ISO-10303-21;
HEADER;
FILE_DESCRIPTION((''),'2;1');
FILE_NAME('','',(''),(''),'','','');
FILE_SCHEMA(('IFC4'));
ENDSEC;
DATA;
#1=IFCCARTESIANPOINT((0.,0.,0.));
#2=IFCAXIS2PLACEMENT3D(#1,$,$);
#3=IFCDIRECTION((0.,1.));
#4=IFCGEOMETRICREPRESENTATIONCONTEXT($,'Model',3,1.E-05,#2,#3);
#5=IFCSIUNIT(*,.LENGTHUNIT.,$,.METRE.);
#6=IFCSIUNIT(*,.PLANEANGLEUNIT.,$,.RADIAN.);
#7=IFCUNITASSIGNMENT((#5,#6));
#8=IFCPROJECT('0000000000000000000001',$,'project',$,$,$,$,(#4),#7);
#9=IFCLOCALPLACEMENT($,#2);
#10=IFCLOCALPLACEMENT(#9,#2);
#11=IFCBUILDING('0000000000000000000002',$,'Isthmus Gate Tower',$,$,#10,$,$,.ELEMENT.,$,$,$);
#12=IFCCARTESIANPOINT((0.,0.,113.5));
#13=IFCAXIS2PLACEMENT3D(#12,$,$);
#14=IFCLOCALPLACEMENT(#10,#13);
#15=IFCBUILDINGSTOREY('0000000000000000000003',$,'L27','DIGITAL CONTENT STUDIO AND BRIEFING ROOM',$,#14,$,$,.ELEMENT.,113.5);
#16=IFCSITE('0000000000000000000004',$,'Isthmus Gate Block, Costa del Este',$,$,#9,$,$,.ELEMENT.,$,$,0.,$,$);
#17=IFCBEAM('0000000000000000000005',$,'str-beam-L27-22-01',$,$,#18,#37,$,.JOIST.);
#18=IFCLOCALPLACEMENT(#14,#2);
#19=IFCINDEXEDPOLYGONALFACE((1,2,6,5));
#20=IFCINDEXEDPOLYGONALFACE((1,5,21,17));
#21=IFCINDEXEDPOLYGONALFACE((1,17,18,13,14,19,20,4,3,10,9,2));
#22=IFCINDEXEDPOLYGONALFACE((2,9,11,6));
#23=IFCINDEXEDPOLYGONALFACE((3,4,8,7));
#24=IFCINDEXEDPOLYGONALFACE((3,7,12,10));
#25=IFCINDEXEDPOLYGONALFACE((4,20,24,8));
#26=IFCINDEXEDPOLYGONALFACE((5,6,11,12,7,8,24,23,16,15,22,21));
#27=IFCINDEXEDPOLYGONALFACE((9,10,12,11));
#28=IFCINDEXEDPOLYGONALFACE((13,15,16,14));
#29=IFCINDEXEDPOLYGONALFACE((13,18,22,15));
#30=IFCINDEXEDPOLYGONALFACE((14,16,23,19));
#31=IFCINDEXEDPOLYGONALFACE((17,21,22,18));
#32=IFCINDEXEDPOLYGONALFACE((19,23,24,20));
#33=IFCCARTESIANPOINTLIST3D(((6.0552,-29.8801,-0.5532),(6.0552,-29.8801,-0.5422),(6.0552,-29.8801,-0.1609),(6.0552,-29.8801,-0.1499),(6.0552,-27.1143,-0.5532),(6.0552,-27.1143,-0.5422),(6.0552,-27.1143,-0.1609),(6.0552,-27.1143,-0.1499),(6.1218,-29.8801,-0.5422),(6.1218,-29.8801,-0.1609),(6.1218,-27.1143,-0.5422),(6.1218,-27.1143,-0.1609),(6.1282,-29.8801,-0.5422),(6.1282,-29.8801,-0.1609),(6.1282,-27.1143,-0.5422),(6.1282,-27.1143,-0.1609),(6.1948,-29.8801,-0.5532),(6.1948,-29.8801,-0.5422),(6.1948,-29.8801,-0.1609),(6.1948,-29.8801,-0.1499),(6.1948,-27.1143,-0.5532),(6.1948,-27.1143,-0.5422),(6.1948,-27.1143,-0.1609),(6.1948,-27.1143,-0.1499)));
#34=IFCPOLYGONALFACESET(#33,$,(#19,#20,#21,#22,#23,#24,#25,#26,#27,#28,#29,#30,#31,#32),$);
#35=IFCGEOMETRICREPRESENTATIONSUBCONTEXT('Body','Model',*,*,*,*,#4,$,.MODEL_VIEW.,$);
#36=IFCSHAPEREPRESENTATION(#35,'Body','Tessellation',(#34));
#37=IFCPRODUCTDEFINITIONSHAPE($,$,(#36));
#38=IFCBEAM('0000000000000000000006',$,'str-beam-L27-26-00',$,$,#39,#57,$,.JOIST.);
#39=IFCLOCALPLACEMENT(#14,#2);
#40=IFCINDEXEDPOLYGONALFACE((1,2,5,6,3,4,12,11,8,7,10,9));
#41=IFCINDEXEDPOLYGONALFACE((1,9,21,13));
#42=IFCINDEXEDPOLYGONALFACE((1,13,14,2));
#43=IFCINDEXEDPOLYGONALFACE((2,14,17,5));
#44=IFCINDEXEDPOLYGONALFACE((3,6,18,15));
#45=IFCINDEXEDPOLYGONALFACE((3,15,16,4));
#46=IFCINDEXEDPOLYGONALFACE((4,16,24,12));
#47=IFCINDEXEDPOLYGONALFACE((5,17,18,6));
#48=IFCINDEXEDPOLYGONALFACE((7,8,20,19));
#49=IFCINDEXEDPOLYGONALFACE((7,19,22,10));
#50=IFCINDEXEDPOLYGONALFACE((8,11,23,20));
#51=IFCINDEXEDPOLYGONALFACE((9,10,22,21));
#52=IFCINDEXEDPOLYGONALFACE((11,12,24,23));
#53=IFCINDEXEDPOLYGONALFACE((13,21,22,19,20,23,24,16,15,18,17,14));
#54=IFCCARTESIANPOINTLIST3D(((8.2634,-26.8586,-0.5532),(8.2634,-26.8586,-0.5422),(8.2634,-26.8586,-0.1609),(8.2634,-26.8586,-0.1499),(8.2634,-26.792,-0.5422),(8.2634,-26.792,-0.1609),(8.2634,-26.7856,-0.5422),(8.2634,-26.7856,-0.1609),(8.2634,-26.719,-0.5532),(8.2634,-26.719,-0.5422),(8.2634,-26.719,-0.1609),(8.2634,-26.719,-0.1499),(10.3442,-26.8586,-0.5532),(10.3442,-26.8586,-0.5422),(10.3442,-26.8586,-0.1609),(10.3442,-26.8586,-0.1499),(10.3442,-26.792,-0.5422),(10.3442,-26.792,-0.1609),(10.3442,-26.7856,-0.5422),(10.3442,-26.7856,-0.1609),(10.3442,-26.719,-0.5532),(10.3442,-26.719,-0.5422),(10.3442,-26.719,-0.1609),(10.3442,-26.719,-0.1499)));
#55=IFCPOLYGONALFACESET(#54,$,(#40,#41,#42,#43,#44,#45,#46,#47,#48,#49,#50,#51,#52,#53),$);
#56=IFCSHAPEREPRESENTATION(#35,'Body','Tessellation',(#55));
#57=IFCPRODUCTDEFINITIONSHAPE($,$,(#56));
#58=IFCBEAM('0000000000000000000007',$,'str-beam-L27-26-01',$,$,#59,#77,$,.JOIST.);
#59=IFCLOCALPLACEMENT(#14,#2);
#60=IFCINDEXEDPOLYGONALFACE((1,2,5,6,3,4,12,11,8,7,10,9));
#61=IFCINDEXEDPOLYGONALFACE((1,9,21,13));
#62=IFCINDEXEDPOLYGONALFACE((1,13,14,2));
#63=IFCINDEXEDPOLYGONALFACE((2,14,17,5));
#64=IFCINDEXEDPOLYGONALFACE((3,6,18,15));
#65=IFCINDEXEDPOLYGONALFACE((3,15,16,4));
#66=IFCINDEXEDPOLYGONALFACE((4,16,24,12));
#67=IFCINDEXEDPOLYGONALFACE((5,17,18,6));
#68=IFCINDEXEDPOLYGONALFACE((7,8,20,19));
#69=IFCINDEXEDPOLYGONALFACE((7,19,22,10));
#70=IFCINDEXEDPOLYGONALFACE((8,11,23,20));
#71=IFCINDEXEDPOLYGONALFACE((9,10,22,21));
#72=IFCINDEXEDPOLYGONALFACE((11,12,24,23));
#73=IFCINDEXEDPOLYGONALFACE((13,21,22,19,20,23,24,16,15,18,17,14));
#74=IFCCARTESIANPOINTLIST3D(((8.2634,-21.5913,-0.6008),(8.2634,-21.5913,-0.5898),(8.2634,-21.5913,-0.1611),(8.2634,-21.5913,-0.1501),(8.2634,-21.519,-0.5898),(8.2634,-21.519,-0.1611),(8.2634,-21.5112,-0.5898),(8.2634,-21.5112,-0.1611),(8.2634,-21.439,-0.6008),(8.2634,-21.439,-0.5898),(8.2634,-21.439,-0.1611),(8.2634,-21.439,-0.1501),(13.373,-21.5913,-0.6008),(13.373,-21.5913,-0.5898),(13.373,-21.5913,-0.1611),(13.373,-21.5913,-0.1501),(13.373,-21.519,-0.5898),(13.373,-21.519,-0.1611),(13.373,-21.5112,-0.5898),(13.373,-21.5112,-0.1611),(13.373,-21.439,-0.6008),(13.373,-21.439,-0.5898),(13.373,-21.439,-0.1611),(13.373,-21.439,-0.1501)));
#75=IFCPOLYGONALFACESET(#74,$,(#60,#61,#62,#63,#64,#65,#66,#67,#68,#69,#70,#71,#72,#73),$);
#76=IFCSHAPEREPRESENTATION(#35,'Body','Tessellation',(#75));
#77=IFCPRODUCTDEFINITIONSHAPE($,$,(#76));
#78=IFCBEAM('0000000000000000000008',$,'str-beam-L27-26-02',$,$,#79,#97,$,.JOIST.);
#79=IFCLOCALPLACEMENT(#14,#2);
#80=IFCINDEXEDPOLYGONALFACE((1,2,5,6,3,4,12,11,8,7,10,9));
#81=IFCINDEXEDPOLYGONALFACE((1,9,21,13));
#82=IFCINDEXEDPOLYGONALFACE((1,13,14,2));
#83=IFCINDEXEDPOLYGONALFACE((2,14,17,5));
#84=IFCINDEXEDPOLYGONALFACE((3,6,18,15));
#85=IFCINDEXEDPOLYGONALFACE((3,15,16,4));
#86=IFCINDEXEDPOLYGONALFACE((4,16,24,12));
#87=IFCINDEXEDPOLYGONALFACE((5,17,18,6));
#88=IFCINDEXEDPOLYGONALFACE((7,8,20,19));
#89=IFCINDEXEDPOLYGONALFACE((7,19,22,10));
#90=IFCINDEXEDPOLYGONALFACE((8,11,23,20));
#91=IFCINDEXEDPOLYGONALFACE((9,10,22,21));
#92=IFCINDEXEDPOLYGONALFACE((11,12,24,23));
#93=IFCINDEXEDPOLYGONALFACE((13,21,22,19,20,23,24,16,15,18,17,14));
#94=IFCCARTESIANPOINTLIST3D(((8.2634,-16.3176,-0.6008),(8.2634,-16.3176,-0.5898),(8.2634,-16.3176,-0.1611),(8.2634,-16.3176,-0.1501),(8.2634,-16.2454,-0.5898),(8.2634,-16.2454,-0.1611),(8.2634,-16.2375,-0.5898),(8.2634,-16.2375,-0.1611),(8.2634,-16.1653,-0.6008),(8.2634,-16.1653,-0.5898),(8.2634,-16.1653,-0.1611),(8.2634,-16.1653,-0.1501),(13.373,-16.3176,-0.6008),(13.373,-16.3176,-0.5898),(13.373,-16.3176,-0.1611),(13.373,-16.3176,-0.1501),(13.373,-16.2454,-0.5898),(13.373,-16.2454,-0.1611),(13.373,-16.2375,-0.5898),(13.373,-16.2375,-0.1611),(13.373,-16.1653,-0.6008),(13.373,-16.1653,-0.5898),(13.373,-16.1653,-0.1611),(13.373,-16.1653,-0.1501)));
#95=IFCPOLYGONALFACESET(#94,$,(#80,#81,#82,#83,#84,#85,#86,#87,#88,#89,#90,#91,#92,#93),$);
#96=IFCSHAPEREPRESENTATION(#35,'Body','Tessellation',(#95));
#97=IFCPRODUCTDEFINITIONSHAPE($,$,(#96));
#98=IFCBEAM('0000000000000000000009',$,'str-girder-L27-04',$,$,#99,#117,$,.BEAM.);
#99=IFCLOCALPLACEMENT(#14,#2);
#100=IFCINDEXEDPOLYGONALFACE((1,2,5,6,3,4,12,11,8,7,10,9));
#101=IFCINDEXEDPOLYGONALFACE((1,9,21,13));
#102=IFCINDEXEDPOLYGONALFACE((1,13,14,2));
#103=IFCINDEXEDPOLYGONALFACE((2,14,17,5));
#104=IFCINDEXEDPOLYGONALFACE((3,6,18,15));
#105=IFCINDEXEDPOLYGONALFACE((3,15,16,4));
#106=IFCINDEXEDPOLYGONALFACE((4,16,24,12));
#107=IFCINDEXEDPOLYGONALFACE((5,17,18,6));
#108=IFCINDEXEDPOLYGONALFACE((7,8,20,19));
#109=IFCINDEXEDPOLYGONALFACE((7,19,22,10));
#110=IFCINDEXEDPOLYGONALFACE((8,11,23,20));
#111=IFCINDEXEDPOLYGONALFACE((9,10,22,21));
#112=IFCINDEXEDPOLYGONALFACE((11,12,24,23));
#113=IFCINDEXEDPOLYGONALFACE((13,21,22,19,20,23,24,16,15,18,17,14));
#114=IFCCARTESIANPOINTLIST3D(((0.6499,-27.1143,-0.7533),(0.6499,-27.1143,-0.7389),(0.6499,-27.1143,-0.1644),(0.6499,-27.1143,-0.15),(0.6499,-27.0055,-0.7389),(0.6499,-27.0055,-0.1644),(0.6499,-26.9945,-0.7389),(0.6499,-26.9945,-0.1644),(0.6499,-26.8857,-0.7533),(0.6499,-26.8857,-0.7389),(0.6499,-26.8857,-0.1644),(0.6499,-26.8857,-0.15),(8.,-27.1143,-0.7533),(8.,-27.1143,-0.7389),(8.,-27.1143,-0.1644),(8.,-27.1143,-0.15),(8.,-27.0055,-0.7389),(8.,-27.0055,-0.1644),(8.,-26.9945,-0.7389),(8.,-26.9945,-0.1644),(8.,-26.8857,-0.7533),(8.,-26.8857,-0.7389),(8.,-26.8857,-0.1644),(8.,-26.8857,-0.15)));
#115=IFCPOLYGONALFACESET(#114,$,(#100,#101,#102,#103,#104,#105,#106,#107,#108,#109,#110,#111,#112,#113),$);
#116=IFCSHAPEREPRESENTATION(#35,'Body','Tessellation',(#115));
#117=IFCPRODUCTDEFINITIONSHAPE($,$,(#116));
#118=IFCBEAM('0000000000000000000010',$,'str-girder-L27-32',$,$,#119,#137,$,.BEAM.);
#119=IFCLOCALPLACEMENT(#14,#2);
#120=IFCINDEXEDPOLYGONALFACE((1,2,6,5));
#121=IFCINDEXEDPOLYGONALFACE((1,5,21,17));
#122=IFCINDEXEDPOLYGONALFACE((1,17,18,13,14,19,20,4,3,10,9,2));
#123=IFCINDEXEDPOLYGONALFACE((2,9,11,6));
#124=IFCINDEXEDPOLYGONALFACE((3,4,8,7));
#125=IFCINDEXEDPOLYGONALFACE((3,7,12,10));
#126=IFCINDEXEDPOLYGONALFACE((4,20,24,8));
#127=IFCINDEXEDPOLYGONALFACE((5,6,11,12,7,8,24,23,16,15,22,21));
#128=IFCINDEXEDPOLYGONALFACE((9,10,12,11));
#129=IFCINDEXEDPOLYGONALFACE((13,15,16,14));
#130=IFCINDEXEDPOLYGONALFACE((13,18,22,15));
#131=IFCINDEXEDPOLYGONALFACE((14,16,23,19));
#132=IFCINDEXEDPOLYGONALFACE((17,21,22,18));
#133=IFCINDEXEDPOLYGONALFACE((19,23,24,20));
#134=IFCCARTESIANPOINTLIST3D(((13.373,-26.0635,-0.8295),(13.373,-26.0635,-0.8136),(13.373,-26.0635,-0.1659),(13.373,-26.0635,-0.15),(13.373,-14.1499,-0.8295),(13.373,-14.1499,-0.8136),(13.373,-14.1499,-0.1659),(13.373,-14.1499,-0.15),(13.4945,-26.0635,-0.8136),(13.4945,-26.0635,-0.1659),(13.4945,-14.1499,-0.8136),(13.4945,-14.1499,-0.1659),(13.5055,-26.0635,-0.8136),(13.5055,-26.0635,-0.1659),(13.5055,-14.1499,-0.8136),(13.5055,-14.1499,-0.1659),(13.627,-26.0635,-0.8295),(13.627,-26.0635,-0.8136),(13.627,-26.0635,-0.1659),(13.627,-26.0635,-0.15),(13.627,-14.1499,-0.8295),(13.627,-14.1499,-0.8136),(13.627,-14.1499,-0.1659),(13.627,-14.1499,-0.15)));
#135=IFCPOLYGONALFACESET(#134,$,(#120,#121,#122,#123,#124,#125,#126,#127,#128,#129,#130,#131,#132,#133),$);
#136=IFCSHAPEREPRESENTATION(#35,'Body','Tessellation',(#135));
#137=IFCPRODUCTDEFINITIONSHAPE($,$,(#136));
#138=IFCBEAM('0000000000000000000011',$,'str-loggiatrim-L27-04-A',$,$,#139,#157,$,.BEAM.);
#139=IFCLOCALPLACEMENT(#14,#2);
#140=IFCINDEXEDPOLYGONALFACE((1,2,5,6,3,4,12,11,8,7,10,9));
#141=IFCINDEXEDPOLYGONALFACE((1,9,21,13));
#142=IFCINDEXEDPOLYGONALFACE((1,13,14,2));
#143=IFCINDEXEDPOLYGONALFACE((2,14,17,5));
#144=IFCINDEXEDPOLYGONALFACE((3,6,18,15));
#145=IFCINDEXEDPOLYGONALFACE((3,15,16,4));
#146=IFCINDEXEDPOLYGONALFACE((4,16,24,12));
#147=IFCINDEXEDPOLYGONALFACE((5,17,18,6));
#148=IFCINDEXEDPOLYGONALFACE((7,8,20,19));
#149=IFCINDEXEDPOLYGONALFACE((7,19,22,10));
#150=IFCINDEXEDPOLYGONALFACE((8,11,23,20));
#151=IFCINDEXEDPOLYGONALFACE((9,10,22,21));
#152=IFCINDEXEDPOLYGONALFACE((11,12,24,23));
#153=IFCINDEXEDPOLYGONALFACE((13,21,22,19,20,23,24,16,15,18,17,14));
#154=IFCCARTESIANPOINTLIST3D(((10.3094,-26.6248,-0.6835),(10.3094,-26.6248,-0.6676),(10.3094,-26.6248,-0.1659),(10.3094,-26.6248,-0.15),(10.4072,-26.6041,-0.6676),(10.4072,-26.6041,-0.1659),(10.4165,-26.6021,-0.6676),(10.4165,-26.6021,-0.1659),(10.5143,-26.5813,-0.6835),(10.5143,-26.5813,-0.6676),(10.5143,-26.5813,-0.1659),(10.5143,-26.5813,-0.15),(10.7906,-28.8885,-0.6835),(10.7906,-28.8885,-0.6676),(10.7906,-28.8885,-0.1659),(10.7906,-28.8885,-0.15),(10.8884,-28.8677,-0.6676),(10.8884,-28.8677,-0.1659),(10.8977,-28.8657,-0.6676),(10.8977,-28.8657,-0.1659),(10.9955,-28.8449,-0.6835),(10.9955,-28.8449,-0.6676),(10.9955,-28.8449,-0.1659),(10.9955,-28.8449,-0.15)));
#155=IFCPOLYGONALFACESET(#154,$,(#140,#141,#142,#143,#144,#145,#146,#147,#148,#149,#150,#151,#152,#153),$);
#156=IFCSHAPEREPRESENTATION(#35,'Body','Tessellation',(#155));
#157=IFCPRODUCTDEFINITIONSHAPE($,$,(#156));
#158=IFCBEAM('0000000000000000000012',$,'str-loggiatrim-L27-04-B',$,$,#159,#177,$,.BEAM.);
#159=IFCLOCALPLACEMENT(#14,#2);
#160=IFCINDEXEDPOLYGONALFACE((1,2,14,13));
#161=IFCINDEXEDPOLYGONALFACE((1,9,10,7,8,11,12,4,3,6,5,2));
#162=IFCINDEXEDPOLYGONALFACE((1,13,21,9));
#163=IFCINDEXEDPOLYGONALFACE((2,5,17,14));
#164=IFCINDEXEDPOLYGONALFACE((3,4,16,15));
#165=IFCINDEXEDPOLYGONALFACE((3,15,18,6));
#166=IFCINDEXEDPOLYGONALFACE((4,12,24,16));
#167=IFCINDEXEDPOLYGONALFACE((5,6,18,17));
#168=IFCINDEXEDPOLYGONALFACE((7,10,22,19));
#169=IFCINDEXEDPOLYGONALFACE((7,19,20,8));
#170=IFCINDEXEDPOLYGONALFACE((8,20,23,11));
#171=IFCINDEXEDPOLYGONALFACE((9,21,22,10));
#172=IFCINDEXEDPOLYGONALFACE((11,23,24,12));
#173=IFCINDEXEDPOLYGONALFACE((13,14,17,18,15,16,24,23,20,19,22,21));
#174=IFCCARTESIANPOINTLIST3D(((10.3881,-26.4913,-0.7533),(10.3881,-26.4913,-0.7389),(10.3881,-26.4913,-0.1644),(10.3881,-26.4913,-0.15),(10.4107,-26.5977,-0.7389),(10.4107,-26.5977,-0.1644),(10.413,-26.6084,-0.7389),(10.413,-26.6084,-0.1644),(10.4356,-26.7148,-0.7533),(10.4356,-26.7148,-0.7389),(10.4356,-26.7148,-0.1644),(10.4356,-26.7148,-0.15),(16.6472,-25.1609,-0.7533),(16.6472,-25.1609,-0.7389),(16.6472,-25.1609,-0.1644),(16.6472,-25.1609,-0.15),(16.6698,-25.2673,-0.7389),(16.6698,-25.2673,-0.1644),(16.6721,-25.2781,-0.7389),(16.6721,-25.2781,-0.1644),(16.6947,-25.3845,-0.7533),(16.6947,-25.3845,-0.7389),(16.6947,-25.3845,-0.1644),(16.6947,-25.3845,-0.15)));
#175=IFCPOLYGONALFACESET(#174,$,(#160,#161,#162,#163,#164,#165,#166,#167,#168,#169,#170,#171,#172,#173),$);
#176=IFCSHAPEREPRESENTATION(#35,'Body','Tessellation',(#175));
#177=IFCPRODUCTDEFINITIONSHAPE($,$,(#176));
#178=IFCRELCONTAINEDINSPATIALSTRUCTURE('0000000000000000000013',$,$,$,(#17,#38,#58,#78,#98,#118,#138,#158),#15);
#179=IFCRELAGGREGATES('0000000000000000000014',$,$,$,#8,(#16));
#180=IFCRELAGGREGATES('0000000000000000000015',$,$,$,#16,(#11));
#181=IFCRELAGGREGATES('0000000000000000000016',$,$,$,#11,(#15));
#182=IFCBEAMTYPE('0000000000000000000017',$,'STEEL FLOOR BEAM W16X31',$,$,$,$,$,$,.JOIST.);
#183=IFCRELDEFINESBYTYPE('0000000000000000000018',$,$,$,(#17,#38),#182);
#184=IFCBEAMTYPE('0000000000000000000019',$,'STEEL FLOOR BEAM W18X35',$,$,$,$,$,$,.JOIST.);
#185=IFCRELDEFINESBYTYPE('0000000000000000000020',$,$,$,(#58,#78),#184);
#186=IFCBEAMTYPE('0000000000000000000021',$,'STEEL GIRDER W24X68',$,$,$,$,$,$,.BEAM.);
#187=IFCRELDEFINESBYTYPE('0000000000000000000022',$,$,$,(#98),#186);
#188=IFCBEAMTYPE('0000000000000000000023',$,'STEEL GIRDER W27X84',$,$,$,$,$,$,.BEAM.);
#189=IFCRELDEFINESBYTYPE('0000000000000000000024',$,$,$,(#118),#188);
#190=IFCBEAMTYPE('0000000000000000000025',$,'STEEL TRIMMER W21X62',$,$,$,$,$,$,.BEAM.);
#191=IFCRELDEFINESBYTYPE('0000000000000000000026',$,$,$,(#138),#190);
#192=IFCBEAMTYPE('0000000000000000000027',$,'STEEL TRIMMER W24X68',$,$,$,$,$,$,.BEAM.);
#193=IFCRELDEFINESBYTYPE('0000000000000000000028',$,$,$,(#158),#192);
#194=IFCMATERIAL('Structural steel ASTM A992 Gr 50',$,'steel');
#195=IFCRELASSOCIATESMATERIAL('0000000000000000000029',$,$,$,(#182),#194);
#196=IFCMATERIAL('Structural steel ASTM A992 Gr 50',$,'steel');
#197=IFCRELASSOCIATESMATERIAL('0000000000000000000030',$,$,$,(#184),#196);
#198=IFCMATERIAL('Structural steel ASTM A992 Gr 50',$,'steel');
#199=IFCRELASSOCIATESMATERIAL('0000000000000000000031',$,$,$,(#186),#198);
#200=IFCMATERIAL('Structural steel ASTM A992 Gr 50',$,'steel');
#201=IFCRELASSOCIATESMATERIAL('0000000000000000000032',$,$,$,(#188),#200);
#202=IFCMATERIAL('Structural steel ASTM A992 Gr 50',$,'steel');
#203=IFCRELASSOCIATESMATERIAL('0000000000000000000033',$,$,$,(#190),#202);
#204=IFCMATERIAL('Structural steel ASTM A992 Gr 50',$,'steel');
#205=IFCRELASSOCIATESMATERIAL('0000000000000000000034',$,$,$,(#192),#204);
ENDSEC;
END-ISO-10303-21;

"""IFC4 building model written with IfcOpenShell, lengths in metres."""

from ifc_helpers import new_model, si_unit, direction, frame, origin, origin_2d, place, context, subcontext, project, spatial, i_section, extrude, material, material_profile, profile_set, type_object, element, save


model = new_model("IFC4")

# Units and contexts
model_context = context("Model", 3, precision=1e-05, world=origin(), true_north=direction((0.0, 1.0)))
body_context = subcontext(model_context, "Body", "Model", "MODEL_VIEW")
ifc_project = project(units=[si_unit("LENGTHUNIT", "METRE"), si_unit("PLANEANGLEUNIT", "RADIAN")], contexts=[model_context])

# Site, building, storey
site_placement = place(None, origin())
site = spatial("IfcSite", under=ifc_project, at=site_placement, Name="Isthmus Gate Block, Costa del Este", CompositionType="ELEMENT", RefElevation=0.0)
building_placement = place(site_placement, origin())
building = spatial("IfcBuilding", under=site, at=building_placement, Name="Isthmus Gate Tower", CompositionType="ELEMENT")
storey_placement = place(building_placement, frame((0.0, 0.0, 113.5)))
storey = spatial("IfcBuildingStorey", under=building, at=storey_placement, Name="L27", Description="DIGITAL CONTENT STUDIO AND BRIEFING ROOM", CompositionType="ELEMENT", Elevation=113.5)

# Beams
ifc_material_1 = material(Name="Structural steel ASTM A992 Gr 50", Category="steel")
ifc_material_profile_1 = material_profile(ifc_material_1, i_section(OverallWidth=0.1396, OverallDepth=0.4033, WebThickness=0.0063, FlangeThickness=0.011, at=origin_2d()), Name="W16X31")
ifc_profile_set_1 = profile_set([ifc_material_profile_1], Name="Structural steel ASTM A992 Gr 50")
beam_type_1 = type_object("IfcBeamType", Name="STEEL FLOOR BEAM W16X31", PredefinedType="JOIST", material=ifc_profile_set_1)
beam_1_placement = place(storey_placement, frame((6.125, -29.8801, -0.3516), z_axis=(0.0, 1.0, 0.0), x_axis=(-1.0, 0.0, 0.0)))
element("IfcBeam", 1, at=beam_1_placement, inside=storey, type_object=beam_type_1, Name="str-beam-L27-22-01", PredefinedType="JOIST", context=body_context, shape_type="SweptSolid", body=[
    extrude(i_section(OverallWidth=0.1396, OverallDepth=0.4033, WebThickness=0.0063, FlangeThickness=0.011, at=origin_2d()), origin(), (0.0, 0.0, 1.0), 2.7659),
])
beam_2_placement = place(storey_placement, frame((8.2634, -26.7888, -0.3516), z_axis=(1.0, 0.0, 0.0), x_axis=(0.0, 1.0, 0.0)))
element("IfcBeam", 2, at=beam_2_placement, inside=storey, type_object=beam_type_1, Name="str-beam-L27-26-00", PredefinedType="JOIST", context=body_context, shape_type="SweptSolid", body=[
    extrude(i_section(OverallWidth=0.1396, OverallDepth=0.4033, WebThickness=0.0063, FlangeThickness=0.011, at=origin_2d()), origin(), (0.0, 0.0, 1.0), 2.0808),
])
ifc_material_2 = material(Name="Structural steel ASTM A992 Gr 50", Category="steel")
ifc_material_profile_2 = material_profile(ifc_material_2, i_section(OverallWidth=0.1523, OverallDepth=0.4507, WebThickness=0.0078, FlangeThickness=0.011, at=origin_2d()), Name="W18X35")
ifc_profile_set_2 = profile_set([ifc_material_profile_2], Name="Structural steel ASTM A992 Gr 50")
beam_type_2 = type_object("IfcBeamType", Name="STEEL FLOOR BEAM W18X35", PredefinedType="JOIST", material=ifc_profile_set_2)
for number, where, z_axis, x_axis, name in (
    (3, (8.2634, -21.5151, -0.3755), (1.0, 0.0, 0.0), (0.0, 1.0, 0.0), "str-beam-L27-26-01"),
    (4, (8.2634, -16.2415, -0.3755), (1.0, 0.0, 0.0), (0.0, 1.0, 0.0), "str-beam-L27-26-02"),
):
    element("IfcBeam", number, at=place(storey_placement, frame(where, z_axis=z_axis, x_axis=x_axis)), inside=storey, type_object=beam_type_2, Name=name, PredefinedType="JOIST", context=body_context, shape_type="SweptSolid", body=[
        extrude(i_section(OverallWidth=0.1523, OverallDepth=0.4507, WebThickness=0.0078, FlangeThickness=0.011, at=origin_2d()), origin(), (0.0, 0.0, 1.0), 5.1096),
    ])
ifc_material_3 = material(Name="Structural steel ASTM A992 Gr 50", Category="steel")
ifc_material_profile_3 = material_profile(ifc_material_3, i_section(OverallWidth=0.2285, OverallDepth=0.6033, WebThickness=0.011, FlangeThickness=0.0144, at=origin_2d()), Name="W24X68")
ifc_profile_set_3 = profile_set([ifc_material_profile_3], Name="Structural steel ASTM A992 Gr 50")
beam_type_3 = type_object("IfcBeamType", Name="STEEL GIRDER W24X68", PredefinedType="BEAM", material=ifc_profile_set_3)
beam_3_placement = place(storey_placement, frame((0.6499, -27.0, -0.4517), z_axis=(1.0, 0.0, 0.0), x_axis=(0.0, 1.0, 0.0)))
element("IfcBeam", 5, at=beam_3_placement, inside=storey, type_object=beam_type_3, Name="str-girder-L27-04", PredefinedType="BEAM", context=body_context, shape_type="SweptSolid", body=[
    extrude(i_section(OverallWidth=0.2285, OverallDepth=0.6033, WebThickness=0.011, FlangeThickness=0.0144, at=origin_2d()), origin(), (0.0, 0.0, 1.0), 7.3501),
])
ifc_material_4 = material(Name="Structural steel ASTM A992 Gr 50", Category="steel")
ifc_material_profile_4 = material_profile(ifc_material_4, i_section(OverallWidth=0.2539, OverallDepth=0.6794, WebThickness=0.011, FlangeThickness=0.0159, at=origin_2d()), Name="W27X84")
ifc_profile_set_4 = profile_set([ifc_material_profile_4], Name="Structural steel ASTM A992 Gr 50")
beam_type_4 = type_object("IfcBeamType", Name="STEEL GIRDER W27X84", PredefinedType="BEAM", material=ifc_profile_set_4)
beam_4_placement = place(storey_placement, frame((13.5, -26.0635, -0.4897), z_axis=(0.0, 1.0, 0.0), x_axis=(-1.0, 0.0, 0.0)))
element("IfcBeam", 6, at=beam_4_placement, inside=storey, type_object=beam_type_4, Name="str-girder-L27-32", PredefinedType="BEAM", context=body_context, shape_type="SweptSolid", body=[
    extrude(i_section(OverallWidth=0.2539, OverallDepth=0.6794, WebThickness=0.011, FlangeThickness=0.0159, at=origin_2d()), origin(), (0.0, 0.0, 1.0), 11.9136),
])
ifc_material_5 = material(Name="Structural steel ASTM A992 Gr 50", Category="steel")
ifc_material_profile_5 = material_profile(ifc_material_5, i_section(OverallWidth=0.2095, OverallDepth=0.5334, WebThickness=0.0095, FlangeThickness=0.0159, at=origin_2d()), Name="W21X62")
ifc_profile_set_5 = profile_set([ifc_material_profile_5], Name="Structural steel ASTM A992 Gr 50")
beam_type_5 = type_object("IfcBeamType", Name="STEEL TRIMMER W21X62", PredefinedType="BEAM", material=ifc_profile_set_5)
beam_5_placement = place(storey_placement, frame((10.8931, -28.8667, -0.4167), z_axis=(-0.207929, 0.978144, 0.0), x_axis=(-0.978144, -0.207929, 0.0)))
element("IfcBeam", 7, at=beam_5_placement, inside=storey, type_object=beam_type_5, Name="str-loggiatrim-L27-04-A", PredefinedType="BEAM", context=body_context, shape_type="SweptSolid", body=[
    extrude(i_section(OverallWidth=0.2095, OverallDepth=0.5334, WebThickness=0.0095, FlangeThickness=0.0159, at=origin_2d()), origin(), (0.0, 0.0, 1.0), 2.3142),
])
ifc_material_6 = material(Name="Structural steel ASTM A992 Gr 50", Category="steel")
ifc_material_profile_6 = material_profile(ifc_material_6, i_section(OverallWidth=0.2285, OverallDepth=0.6033, WebThickness=0.011, FlangeThickness=0.0144, at=origin_2d()), Name="W24X68")
ifc_profile_set_6 = profile_set([ifc_material_profile_6], Name="Structural steel ASTM A992 Gr 50")
beam_type_6 = type_object("IfcBeamType", Name="STEEL TRIMMER W24X68", PredefinedType="BEAM", material=ifc_profile_set_6)
beam_6_placement = place(storey_placement, frame((10.4119, -26.603, -0.4517), z_axis=(0.97815, 0.2079, 0.0), x_axis=(-0.2079, 0.97815, 0.0)))
element("IfcBeam", 8, at=beam_6_placement, inside=storey, type_object=beam_type_6, Name="str-loggiatrim-L27-04-B", PredefinedType="BEAM", context=body_context, shape_type="SweptSolid", body=[
    extrude(i_section(OverallWidth=0.2285, OverallDepth=0.6033, WebThickness=0.011, FlangeThickness=0.0144, at=origin_2d()), origin(), (0.0, 0.0, 1.0), 6.3989),
])

save(model, "model.ifc")
